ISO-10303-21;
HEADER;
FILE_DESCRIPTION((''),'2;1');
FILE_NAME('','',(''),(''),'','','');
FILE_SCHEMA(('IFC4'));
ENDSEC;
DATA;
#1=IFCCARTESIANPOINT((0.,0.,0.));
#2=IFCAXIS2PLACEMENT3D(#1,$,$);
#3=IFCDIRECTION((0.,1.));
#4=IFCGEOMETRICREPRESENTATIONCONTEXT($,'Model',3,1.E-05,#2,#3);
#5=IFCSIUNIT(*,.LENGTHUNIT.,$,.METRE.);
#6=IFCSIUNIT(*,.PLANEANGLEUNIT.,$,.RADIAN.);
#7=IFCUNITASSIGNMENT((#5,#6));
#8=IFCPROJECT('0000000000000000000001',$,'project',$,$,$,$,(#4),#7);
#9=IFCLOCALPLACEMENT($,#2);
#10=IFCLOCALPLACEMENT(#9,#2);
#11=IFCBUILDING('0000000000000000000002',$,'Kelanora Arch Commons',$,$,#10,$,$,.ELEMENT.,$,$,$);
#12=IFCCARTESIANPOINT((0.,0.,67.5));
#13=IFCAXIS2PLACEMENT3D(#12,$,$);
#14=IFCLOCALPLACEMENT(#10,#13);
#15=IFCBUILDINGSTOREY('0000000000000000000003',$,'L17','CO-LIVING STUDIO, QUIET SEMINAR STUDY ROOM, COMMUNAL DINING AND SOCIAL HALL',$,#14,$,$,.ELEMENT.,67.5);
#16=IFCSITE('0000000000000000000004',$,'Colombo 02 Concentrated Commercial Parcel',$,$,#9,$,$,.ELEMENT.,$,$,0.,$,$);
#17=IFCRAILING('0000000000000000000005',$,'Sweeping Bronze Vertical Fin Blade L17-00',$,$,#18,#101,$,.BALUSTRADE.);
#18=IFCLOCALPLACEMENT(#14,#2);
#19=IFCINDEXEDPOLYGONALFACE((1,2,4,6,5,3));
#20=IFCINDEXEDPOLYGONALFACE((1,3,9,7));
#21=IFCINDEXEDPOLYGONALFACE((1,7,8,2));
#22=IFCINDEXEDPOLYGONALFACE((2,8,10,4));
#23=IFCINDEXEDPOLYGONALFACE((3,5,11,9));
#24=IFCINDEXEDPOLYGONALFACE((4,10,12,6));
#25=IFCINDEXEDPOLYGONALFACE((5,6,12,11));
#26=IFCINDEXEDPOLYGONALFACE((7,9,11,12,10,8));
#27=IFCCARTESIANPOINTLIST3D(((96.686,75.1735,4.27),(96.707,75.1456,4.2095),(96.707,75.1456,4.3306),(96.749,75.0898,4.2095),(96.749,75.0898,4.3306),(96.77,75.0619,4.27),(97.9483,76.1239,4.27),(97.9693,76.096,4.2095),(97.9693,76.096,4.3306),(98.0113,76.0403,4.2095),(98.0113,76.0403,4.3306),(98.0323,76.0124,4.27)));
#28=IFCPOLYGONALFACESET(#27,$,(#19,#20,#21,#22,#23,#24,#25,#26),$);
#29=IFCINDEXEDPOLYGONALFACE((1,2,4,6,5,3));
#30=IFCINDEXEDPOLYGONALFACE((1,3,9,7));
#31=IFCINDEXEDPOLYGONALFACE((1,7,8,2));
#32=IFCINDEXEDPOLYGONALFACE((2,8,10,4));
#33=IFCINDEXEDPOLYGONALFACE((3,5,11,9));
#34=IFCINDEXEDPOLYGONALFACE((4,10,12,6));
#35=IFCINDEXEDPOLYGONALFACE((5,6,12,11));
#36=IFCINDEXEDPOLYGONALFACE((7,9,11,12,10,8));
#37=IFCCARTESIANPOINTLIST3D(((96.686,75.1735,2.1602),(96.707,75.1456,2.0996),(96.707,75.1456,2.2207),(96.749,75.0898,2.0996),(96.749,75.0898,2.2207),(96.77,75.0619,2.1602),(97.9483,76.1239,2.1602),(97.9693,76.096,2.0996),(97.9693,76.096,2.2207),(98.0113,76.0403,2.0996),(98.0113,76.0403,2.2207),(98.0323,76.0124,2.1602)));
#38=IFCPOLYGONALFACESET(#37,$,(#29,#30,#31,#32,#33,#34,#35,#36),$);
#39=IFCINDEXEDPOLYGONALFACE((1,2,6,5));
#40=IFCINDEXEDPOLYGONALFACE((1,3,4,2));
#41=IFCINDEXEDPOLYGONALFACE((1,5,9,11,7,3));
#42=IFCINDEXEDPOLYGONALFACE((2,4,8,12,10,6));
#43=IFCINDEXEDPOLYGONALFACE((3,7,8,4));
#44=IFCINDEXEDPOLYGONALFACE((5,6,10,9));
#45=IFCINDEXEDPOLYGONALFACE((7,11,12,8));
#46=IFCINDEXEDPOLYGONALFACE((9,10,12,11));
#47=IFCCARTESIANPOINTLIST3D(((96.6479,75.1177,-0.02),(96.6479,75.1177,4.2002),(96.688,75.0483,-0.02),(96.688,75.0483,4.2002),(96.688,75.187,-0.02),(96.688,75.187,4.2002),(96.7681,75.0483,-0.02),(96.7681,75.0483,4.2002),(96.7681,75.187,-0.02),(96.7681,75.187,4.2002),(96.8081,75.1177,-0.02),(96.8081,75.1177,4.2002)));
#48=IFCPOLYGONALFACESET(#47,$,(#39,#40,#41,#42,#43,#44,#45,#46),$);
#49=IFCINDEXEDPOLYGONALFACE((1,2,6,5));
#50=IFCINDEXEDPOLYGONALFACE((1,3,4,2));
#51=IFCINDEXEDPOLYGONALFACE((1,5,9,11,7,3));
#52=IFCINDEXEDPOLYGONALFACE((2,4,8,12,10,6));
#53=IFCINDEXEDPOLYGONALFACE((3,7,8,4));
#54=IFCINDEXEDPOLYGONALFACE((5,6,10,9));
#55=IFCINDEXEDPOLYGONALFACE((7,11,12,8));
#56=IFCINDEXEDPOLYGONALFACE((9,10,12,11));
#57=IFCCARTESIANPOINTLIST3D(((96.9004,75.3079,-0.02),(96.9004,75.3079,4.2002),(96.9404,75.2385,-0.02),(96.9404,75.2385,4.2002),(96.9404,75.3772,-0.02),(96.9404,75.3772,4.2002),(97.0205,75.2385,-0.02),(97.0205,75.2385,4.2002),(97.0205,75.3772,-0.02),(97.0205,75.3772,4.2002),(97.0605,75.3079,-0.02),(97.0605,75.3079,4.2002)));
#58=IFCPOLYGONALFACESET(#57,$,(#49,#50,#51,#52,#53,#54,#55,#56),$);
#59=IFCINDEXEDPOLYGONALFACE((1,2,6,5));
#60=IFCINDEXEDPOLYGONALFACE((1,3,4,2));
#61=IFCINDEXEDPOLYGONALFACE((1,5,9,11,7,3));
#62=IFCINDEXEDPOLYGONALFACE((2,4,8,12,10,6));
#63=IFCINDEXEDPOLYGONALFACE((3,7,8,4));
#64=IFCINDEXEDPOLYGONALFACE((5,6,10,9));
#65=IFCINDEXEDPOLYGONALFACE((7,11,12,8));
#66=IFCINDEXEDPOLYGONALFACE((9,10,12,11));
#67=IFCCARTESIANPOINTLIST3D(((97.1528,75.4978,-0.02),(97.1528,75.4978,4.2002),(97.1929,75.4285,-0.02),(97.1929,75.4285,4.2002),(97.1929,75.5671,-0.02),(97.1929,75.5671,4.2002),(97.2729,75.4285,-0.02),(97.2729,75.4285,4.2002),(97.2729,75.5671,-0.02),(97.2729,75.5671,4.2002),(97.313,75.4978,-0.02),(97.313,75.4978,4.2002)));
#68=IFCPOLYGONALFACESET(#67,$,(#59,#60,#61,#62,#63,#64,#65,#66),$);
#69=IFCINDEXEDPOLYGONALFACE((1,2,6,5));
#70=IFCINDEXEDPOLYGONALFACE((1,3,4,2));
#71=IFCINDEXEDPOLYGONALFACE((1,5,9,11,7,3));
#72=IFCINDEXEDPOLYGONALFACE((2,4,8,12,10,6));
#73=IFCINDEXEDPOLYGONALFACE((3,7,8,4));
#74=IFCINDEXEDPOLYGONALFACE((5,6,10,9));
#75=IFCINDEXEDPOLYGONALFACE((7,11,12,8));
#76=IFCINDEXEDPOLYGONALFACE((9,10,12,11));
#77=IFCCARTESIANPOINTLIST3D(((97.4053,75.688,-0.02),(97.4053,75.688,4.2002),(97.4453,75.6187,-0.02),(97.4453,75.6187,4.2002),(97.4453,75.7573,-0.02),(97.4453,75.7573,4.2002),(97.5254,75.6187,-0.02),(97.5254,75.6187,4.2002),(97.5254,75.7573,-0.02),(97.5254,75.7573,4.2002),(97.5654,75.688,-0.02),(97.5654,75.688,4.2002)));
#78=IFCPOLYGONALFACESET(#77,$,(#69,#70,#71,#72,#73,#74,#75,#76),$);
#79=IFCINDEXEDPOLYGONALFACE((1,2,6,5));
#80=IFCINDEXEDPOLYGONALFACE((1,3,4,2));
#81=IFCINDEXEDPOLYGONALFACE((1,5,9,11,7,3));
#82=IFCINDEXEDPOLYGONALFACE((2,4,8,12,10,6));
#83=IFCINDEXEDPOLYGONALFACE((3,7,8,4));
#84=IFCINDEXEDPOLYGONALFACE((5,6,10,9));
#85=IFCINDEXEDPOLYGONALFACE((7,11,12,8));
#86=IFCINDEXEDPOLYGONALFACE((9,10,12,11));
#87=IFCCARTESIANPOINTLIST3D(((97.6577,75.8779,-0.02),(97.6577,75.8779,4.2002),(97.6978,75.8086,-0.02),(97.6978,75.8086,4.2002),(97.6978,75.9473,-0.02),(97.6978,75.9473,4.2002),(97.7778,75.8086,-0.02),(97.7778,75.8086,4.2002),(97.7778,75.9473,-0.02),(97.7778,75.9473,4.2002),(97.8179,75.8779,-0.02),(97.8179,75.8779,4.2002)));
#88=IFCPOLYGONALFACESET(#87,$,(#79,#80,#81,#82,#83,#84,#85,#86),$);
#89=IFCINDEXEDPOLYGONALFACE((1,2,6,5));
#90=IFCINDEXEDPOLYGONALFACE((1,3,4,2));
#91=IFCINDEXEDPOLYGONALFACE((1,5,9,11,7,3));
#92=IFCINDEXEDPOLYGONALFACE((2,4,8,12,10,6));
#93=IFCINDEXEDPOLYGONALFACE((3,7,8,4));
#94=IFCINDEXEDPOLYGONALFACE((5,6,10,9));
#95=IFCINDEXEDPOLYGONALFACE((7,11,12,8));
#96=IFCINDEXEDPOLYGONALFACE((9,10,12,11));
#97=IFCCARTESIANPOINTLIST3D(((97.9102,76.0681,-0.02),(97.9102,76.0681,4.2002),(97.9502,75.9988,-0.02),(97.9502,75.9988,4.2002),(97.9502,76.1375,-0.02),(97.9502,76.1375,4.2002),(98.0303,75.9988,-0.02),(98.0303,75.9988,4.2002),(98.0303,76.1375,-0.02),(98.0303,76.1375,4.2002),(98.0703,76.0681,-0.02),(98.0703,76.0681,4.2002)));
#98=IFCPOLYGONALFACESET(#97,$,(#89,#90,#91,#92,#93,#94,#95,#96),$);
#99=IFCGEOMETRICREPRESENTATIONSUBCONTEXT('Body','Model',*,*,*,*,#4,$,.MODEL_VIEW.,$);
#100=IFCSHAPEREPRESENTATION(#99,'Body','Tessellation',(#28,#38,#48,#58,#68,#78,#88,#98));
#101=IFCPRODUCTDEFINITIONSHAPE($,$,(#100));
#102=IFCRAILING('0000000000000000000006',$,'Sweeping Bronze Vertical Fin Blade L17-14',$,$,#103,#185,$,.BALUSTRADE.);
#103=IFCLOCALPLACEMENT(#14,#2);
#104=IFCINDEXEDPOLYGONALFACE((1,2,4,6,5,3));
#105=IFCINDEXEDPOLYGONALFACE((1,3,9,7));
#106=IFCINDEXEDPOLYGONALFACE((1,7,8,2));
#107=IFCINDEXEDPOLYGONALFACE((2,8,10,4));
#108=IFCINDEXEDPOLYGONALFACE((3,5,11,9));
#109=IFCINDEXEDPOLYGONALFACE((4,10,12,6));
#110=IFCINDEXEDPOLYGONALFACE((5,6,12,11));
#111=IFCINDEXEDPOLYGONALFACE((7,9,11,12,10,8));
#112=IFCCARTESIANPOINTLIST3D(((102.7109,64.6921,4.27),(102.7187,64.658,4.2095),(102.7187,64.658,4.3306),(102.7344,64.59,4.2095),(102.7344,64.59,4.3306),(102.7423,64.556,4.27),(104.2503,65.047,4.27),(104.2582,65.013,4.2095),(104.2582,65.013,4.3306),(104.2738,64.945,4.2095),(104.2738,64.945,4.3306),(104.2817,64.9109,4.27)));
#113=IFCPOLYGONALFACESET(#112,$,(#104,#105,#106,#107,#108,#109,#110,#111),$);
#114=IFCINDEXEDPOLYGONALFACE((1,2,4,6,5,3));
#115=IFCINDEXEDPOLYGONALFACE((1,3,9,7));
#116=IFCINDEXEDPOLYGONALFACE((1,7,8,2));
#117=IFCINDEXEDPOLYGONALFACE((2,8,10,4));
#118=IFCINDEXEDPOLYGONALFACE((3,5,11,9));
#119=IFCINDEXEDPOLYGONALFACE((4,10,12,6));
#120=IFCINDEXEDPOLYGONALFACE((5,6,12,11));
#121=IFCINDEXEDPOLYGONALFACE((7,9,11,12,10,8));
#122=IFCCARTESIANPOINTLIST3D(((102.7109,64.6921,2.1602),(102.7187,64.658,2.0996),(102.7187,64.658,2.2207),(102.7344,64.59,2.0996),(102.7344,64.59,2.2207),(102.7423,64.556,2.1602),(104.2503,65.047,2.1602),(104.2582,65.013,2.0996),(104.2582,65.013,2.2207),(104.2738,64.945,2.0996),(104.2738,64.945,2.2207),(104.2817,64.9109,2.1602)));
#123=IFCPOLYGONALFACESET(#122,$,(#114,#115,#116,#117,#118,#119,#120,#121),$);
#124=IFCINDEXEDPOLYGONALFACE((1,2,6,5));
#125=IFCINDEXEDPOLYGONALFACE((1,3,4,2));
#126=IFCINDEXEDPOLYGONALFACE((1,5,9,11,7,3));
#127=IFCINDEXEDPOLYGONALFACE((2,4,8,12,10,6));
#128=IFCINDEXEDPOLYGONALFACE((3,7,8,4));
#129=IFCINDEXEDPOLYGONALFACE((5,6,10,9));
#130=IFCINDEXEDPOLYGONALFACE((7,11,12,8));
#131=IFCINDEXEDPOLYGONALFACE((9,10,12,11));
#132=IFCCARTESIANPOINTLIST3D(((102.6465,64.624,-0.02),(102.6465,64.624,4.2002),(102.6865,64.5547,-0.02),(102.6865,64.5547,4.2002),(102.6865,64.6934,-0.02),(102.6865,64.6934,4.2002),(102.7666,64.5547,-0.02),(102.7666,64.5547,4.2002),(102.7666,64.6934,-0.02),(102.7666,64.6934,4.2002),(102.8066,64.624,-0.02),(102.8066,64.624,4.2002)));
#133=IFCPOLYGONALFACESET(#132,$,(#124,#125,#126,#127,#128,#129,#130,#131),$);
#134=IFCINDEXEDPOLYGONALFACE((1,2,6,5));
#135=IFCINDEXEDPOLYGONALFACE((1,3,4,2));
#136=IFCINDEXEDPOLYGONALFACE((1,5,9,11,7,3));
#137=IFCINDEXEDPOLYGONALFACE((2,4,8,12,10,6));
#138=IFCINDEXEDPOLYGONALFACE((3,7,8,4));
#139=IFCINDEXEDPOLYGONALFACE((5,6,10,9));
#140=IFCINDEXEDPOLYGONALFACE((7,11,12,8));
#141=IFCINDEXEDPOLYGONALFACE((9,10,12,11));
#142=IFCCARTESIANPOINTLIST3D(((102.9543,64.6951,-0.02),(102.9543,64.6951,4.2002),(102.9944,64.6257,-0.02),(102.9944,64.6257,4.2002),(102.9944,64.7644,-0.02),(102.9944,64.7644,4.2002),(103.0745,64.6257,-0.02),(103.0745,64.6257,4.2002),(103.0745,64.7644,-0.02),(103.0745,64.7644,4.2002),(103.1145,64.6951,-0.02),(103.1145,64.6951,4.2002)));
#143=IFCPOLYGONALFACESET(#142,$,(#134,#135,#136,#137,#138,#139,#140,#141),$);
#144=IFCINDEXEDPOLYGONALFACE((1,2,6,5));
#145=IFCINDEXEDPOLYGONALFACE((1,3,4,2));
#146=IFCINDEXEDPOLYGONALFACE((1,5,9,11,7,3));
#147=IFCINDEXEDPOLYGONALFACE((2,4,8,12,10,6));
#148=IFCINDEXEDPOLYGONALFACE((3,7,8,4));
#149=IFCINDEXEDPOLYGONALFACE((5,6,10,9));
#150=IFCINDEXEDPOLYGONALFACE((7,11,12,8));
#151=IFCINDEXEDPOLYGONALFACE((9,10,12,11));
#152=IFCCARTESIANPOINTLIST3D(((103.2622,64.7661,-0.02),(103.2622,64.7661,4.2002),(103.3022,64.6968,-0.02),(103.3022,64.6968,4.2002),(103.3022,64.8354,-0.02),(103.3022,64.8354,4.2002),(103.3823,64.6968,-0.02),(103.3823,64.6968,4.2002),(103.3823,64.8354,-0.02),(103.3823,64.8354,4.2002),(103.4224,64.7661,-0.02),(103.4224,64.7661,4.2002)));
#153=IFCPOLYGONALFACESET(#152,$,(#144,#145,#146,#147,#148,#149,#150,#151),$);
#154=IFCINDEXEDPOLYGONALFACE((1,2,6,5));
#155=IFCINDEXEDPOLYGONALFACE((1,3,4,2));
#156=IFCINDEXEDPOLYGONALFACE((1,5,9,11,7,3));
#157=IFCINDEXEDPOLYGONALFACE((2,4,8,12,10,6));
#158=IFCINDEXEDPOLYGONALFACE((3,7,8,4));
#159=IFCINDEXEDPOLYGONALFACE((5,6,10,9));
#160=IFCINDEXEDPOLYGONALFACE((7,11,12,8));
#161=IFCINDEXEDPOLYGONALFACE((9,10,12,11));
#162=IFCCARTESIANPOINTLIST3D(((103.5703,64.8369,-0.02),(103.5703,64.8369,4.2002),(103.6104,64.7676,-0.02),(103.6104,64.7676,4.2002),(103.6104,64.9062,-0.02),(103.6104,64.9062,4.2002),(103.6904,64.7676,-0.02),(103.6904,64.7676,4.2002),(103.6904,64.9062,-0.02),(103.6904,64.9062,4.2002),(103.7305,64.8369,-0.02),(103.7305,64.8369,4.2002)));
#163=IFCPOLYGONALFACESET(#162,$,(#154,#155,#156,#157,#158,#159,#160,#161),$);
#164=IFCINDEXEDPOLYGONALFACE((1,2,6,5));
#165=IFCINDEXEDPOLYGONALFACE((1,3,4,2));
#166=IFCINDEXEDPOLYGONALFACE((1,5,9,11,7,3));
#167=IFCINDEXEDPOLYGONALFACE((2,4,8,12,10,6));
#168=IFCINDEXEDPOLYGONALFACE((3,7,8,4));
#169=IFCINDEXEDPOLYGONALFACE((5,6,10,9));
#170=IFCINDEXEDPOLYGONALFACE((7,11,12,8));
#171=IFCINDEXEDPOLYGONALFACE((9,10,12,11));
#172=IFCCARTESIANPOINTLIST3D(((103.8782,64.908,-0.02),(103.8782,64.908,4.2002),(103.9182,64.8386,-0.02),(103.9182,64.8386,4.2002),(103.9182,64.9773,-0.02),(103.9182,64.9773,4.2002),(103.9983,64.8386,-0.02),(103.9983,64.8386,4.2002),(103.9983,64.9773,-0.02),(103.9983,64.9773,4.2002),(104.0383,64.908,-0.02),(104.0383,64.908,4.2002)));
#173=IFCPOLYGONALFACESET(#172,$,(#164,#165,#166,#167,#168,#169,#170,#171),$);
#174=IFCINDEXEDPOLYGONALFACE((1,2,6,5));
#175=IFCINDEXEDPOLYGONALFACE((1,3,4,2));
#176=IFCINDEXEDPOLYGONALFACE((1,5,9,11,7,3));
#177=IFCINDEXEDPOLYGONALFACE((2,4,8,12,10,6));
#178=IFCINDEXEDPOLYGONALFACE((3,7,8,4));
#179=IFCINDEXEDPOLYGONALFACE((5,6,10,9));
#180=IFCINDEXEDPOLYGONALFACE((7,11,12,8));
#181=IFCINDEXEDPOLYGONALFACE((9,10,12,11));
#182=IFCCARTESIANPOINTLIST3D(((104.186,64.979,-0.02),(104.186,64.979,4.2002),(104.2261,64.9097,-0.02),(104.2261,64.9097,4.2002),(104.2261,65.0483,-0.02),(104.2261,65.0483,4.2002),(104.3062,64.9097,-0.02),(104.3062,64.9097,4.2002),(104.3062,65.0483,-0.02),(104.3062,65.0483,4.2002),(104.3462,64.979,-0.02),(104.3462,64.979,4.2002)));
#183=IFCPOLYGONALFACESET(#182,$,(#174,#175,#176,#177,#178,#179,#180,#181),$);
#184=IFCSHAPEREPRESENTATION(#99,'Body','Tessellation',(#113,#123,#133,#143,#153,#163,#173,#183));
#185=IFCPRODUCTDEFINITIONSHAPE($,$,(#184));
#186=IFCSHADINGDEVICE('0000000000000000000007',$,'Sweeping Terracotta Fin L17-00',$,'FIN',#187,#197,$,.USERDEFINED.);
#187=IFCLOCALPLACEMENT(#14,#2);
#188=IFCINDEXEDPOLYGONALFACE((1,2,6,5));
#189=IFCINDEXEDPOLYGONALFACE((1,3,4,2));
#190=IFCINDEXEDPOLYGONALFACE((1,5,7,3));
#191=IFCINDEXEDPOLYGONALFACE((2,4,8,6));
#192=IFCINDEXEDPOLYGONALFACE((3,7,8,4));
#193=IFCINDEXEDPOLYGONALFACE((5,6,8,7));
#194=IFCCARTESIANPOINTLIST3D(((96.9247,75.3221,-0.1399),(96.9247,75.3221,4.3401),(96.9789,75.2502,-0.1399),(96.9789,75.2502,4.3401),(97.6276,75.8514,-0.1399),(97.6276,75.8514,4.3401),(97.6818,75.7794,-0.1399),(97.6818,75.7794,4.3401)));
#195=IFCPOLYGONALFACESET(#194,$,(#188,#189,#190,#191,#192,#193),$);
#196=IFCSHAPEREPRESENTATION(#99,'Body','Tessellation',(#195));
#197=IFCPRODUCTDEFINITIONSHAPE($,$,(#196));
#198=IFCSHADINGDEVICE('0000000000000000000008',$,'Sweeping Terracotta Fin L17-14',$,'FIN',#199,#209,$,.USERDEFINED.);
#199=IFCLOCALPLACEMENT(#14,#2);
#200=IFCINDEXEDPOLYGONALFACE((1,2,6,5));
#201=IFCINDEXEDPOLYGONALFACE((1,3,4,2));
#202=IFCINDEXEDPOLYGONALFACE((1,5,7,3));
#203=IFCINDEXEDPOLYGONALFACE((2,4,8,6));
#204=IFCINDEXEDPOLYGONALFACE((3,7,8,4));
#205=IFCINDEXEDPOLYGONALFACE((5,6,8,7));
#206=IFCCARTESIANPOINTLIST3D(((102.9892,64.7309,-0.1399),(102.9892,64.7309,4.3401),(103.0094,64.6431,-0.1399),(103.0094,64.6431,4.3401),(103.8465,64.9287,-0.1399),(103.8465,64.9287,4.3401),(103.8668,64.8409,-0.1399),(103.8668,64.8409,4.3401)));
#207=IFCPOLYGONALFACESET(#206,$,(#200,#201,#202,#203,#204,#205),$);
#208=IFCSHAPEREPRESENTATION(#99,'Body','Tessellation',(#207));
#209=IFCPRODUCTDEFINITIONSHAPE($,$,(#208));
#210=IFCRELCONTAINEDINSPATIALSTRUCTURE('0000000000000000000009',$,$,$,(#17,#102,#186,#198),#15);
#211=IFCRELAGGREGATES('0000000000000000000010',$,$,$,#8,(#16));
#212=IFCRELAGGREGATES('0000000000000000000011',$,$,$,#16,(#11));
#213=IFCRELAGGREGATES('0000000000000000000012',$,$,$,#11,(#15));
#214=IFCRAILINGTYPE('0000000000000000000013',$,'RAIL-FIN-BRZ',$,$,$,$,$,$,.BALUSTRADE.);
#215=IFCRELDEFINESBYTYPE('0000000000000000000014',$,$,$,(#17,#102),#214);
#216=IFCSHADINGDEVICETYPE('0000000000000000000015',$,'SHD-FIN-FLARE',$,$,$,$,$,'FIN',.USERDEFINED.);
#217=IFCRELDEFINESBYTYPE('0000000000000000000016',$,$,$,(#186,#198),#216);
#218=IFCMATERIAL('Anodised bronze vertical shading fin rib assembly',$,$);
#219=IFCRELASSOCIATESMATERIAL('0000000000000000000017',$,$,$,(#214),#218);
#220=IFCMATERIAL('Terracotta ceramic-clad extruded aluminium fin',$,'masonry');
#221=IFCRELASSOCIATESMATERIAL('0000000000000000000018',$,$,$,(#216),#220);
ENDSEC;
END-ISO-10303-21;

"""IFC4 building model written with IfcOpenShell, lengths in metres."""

from ifc_helpers import new_model, si_unit, direction, frame, origin, origin_2d, place, context, subcontext, project, spatial, polyline, rectangle, outline, extrude, source, transform, mapped, material, type_object, element, save


model = new_model("IFC4")

# Units and contexts
model_context = context("Model", 3, precision=1e-05, world=origin(), true_north=direction((0.0, 1.0)))
body_context = subcontext(model_context, "Body", "Model", "MODEL_VIEW")
ifc_project = project(units=[si_unit("LENGTHUNIT", "METRE"), si_unit("PLANEANGLEUNIT", "RADIAN")], contexts=[model_context])

# Site, building, storey
site_placement = place(None, origin())
site = spatial("IfcSite", under=ifc_project, at=site_placement, Name="Colombo 02 Concentrated Commercial Parcel", CompositionType="ELEMENT", RefElevation=0.0)
building_placement = place(site_placement, origin())
building = spatial("IfcBuilding", under=site, at=building_placement, Name="Kelanora Arch Commons", CompositionType="ELEMENT")
storey_placement = place(building_placement, frame((0.0, 0.0, 67.5)))
storey = spatial("IfcBuildingStorey", under=building, at=storey_placement, Name="L17", Description="CO-LIVING STUDIO, QUIET SEMINAR STUDY ROOM, COMMUNAL DINING AND SOCIAL HALL", CompositionType="ELEMENT", Elevation=67.5)

# Railings
ifc_material_1 = material(Name="Anodised bronze vertical shading fin rib assembly")
railing_type = type_object("IfcRailingType", Name="RAIL-FIN-BRZ", PredefinedType="BALUSTRADE", material=ifc_material_1)
railing_1_placement = place(storey_placement, frame((96.728, 75.1177, -0.02)))
element("IfcRailing", 1, at=railing_1_placement, inside=storey, type_object=railing_type, Name="Sweeping Bronze Vertical Fin Blade L17-00", PredefinedType="BALUSTRADE", context=body_context, shape_type="SweptSolid", body=[
    extrude(outline(polyline([(0.0698, 0.0), (0.0349, 0.0605), (-0.0349, 0.0605), (-0.0698, 0.0), (-0.0349, -0.0605), (0.0349, -0.0605), (0.0698, 0.0)])), frame((0.0, 0.0, 4.29), z_axis=(0.798849, 0.601532, 0.0), x_axis=(-0.601532, 0.798849, 0.0)), (0.0, 0.0, 1.0), 1.5801),
    extrude(outline(polyline([(0.0698, 0.0), (0.0349, 0.0605), (-0.0349, 0.0605), (-0.0698, 0.0), (-0.0349, -0.0605), (0.0349, -0.0605), (0.0698, 0.0)])), frame((0.0, 0.0, 2.1802), z_axis=(0.798849, 0.601532, 0.0), x_axis=(-0.601532, 0.798849, 0.0)), (0.0, 0.0, 1.0), 1.5801),
    extrude(outline(polyline([(0.0801, 0.0), (0.04, 0.0693), (-0.04, 0.0693), (-0.0801, 0.0), (-0.04, -0.0693), (0.04, -0.0693), (0.0801, 0.0)])), origin(), (0.0, 0.0, 1.0), 4.2202),
    extrude(outline(polyline([(0.0801, 0.0), (0.04, 0.0693), (-0.04, 0.0693), (-0.0801, 0.0), (-0.04, -0.0693), (0.04, -0.0693), (0.0801, 0.0)])), frame((0.2524, 0.1902, 0.0)), (0.0, 0.0, 1.0), 4.2202),
    extrude(outline(polyline([(0.0801, 0.0), (0.04, 0.0693), (-0.04, 0.0693), (-0.0801, 0.0), (-0.04, -0.0693), (0.04, -0.0693), (0.0801, 0.0)])), frame((0.5049, 0.3801, 0.0)), (0.0, 0.0, 1.0), 4.2202),
    extrude(outline(polyline([(0.0801, 0.0), (0.04, 0.0693), (-0.04, 0.0693), (-0.0801, 0.0), (-0.04, -0.0693), (0.04, -0.0693), (0.0801, 0.0)])), frame((0.7573, 0.5703, 0.0)), (0.0, 0.0, 1.0), 4.2202),
    extrude(outline(polyline([(0.0801, 0.0), (0.04, 0.0693), (-0.04, 0.0693), (-0.0801, 0.0), (-0.04, -0.0693), (0.04, -0.0693), (0.0801, 0.0)])), frame((1.0098, 0.7603, 0.0)), (0.0, 0.0, 1.0), 4.2202),
    extrude(outline(polyline([(0.0801, 0.0), (0.04, 0.0693), (-0.04, 0.0693), (-0.0801, 0.0), (-0.04, -0.0693), (0.04, -0.0693), (0.0801, 0.0)])), frame((1.2622, 0.9504, 0.0)), (0.0, 0.0, 1.0), 4.2202),
])
railing_2_placement = place(storey_placement, frame((102.7266, 64.624, -0.02)))
element("IfcRailing", 2, at=railing_2_placement, inside=storey, type_object=railing_type, Name="Sweeping Bronze Vertical Fin Blade L17-14", PredefinedType="BALUSTRADE", context=body_context, shape_type="SweptSolid", body=[
    extrude(outline(polyline([(0.0698, 0.0), (0.0349, 0.0605), (-0.0349, 0.0605), (-0.0698, 0.0), (-0.0349, -0.0605), (0.0349, -0.0605), (0.0698, 0.0)])), frame((0.0, 0.0, 4.29), z_axis=(0.974433, 0.224679, 0.0), x_axis=(-0.224679, 0.974433, 0.0)), (0.0, 0.0, 1.0), 1.5798),
    extrude(outline(polyline([(0.0698, 0.0), (0.0349, 0.0605), (-0.0349, 0.0605), (-0.0698, 0.0), (-0.0349, -0.0605), (0.0349, -0.0605), (0.0698, 0.0)])), frame((0.0, 0.0, 2.1802), z_axis=(0.974433, 0.224679, 0.0), x_axis=(-0.224679, 0.974433, 0.0)), (0.0, 0.0, 1.0), 1.5798),
    extrude(outline(polyline([(0.0801, 0.0), (0.04, 0.0693), (-0.04, 0.0693), (-0.0801, 0.0), (-0.04, -0.0693), (0.04, -0.0693), (0.0801, 0.0)])), origin(), (0.0, 0.0, 1.0), 4.2202),
    extrude(outline(polyline([(0.0801, 0.0), (0.04, 0.0693), (-0.04, 0.0693), (-0.0801, 0.0), (-0.04, -0.0693), (0.04, -0.0693), (0.0801, 0.0)])), frame((0.3079, 0.071, 0.0)), (0.0, 0.0, 1.0), 4.2202),
    extrude(outline(polyline([(0.0801, 0.0), (0.04, 0.0693), (-0.04, 0.0693), (-0.0801, 0.0), (-0.04, -0.0693), (0.04, -0.0693), (0.0801, 0.0)])), frame((0.6157, 0.1421, 0.0)), (0.0, 0.0, 1.0), 4.2202),
    extrude(outline(polyline([(0.0801, 0.0), (0.04, 0.0693), (-0.04, 0.0693), (-0.0801, 0.0), (-0.04, -0.0693), (0.04, -0.0693), (0.0801, 0.0)])), frame((0.9238, 0.2129, 0.0)), (0.0, 0.0, 1.0), 4.2202),
    extrude(outline(polyline([(0.0801, 0.0), (0.04, 0.0693), (-0.04, 0.0693), (-0.0801, 0.0), (-0.04, -0.0693), (0.04, -0.0693), (0.0801, 0.0)])), frame((1.2317, 0.2839, 0.0)), (0.0, 0.0, 1.0), 4.2202),
    extrude(outline(polyline([(0.0801, 0.0), (0.04, 0.0693), (-0.04, 0.0693), (-0.0801, 0.0), (-0.04, -0.0693), (0.04, -0.0693), (0.0801, 0.0)])), frame((1.5396, 0.355, 0.0)), (0.0, 0.0, 1.0), 4.2202),
])

# Shading devices
ifc_material_2 = material(Name="Terracotta ceramic-clad extruded aluminium fin", Category="masonry")
shading_device_type = type_object("IfcShadingDeviceType", Name="SHD-FIN-FLARE", ElementType="FIN", PredefinedType="USERDEFINED", material=ifc_material_2)
shared_shape_1 = source(origin(), body_context, "Body", "SweptSolid", [
    extrude(rectangle(XDim=0.8799, YDim=0.0901, at=origin_2d()), origin(), (0.0, 0.0, 1.0), 4.48),
])
for number, where, z_axis, x_axis, name in (
    (3, (97.3032, 75.5508, -0.1399), (0.0, 0.0, 1.0), (0.798846, 0.601536, 0.0), "Sweeping Terracotta Fin L17-00"),
    (4, (103.428, 64.7859, -0.1399), (0.0, 0.0, 1.0), (0.974409, 0.224781, 0.0), "Sweeping Terracotta Fin L17-14"),
):
    element("IfcShadingDevice", number, at=place(storey_placement, frame(where, z_axis=z_axis, x_axis=x_axis)), inside=storey, type_object=shading_device_type, Name=name, ObjectType="FIN", PredefinedType="USERDEFINED", context=body_context, shape_type="MappedRepresentation", body=[
        mapped(shared_shape_1, transform((0.0, 0.0, 0.0), scale=1.0)),
    ])

save(model, "model.ifc")
